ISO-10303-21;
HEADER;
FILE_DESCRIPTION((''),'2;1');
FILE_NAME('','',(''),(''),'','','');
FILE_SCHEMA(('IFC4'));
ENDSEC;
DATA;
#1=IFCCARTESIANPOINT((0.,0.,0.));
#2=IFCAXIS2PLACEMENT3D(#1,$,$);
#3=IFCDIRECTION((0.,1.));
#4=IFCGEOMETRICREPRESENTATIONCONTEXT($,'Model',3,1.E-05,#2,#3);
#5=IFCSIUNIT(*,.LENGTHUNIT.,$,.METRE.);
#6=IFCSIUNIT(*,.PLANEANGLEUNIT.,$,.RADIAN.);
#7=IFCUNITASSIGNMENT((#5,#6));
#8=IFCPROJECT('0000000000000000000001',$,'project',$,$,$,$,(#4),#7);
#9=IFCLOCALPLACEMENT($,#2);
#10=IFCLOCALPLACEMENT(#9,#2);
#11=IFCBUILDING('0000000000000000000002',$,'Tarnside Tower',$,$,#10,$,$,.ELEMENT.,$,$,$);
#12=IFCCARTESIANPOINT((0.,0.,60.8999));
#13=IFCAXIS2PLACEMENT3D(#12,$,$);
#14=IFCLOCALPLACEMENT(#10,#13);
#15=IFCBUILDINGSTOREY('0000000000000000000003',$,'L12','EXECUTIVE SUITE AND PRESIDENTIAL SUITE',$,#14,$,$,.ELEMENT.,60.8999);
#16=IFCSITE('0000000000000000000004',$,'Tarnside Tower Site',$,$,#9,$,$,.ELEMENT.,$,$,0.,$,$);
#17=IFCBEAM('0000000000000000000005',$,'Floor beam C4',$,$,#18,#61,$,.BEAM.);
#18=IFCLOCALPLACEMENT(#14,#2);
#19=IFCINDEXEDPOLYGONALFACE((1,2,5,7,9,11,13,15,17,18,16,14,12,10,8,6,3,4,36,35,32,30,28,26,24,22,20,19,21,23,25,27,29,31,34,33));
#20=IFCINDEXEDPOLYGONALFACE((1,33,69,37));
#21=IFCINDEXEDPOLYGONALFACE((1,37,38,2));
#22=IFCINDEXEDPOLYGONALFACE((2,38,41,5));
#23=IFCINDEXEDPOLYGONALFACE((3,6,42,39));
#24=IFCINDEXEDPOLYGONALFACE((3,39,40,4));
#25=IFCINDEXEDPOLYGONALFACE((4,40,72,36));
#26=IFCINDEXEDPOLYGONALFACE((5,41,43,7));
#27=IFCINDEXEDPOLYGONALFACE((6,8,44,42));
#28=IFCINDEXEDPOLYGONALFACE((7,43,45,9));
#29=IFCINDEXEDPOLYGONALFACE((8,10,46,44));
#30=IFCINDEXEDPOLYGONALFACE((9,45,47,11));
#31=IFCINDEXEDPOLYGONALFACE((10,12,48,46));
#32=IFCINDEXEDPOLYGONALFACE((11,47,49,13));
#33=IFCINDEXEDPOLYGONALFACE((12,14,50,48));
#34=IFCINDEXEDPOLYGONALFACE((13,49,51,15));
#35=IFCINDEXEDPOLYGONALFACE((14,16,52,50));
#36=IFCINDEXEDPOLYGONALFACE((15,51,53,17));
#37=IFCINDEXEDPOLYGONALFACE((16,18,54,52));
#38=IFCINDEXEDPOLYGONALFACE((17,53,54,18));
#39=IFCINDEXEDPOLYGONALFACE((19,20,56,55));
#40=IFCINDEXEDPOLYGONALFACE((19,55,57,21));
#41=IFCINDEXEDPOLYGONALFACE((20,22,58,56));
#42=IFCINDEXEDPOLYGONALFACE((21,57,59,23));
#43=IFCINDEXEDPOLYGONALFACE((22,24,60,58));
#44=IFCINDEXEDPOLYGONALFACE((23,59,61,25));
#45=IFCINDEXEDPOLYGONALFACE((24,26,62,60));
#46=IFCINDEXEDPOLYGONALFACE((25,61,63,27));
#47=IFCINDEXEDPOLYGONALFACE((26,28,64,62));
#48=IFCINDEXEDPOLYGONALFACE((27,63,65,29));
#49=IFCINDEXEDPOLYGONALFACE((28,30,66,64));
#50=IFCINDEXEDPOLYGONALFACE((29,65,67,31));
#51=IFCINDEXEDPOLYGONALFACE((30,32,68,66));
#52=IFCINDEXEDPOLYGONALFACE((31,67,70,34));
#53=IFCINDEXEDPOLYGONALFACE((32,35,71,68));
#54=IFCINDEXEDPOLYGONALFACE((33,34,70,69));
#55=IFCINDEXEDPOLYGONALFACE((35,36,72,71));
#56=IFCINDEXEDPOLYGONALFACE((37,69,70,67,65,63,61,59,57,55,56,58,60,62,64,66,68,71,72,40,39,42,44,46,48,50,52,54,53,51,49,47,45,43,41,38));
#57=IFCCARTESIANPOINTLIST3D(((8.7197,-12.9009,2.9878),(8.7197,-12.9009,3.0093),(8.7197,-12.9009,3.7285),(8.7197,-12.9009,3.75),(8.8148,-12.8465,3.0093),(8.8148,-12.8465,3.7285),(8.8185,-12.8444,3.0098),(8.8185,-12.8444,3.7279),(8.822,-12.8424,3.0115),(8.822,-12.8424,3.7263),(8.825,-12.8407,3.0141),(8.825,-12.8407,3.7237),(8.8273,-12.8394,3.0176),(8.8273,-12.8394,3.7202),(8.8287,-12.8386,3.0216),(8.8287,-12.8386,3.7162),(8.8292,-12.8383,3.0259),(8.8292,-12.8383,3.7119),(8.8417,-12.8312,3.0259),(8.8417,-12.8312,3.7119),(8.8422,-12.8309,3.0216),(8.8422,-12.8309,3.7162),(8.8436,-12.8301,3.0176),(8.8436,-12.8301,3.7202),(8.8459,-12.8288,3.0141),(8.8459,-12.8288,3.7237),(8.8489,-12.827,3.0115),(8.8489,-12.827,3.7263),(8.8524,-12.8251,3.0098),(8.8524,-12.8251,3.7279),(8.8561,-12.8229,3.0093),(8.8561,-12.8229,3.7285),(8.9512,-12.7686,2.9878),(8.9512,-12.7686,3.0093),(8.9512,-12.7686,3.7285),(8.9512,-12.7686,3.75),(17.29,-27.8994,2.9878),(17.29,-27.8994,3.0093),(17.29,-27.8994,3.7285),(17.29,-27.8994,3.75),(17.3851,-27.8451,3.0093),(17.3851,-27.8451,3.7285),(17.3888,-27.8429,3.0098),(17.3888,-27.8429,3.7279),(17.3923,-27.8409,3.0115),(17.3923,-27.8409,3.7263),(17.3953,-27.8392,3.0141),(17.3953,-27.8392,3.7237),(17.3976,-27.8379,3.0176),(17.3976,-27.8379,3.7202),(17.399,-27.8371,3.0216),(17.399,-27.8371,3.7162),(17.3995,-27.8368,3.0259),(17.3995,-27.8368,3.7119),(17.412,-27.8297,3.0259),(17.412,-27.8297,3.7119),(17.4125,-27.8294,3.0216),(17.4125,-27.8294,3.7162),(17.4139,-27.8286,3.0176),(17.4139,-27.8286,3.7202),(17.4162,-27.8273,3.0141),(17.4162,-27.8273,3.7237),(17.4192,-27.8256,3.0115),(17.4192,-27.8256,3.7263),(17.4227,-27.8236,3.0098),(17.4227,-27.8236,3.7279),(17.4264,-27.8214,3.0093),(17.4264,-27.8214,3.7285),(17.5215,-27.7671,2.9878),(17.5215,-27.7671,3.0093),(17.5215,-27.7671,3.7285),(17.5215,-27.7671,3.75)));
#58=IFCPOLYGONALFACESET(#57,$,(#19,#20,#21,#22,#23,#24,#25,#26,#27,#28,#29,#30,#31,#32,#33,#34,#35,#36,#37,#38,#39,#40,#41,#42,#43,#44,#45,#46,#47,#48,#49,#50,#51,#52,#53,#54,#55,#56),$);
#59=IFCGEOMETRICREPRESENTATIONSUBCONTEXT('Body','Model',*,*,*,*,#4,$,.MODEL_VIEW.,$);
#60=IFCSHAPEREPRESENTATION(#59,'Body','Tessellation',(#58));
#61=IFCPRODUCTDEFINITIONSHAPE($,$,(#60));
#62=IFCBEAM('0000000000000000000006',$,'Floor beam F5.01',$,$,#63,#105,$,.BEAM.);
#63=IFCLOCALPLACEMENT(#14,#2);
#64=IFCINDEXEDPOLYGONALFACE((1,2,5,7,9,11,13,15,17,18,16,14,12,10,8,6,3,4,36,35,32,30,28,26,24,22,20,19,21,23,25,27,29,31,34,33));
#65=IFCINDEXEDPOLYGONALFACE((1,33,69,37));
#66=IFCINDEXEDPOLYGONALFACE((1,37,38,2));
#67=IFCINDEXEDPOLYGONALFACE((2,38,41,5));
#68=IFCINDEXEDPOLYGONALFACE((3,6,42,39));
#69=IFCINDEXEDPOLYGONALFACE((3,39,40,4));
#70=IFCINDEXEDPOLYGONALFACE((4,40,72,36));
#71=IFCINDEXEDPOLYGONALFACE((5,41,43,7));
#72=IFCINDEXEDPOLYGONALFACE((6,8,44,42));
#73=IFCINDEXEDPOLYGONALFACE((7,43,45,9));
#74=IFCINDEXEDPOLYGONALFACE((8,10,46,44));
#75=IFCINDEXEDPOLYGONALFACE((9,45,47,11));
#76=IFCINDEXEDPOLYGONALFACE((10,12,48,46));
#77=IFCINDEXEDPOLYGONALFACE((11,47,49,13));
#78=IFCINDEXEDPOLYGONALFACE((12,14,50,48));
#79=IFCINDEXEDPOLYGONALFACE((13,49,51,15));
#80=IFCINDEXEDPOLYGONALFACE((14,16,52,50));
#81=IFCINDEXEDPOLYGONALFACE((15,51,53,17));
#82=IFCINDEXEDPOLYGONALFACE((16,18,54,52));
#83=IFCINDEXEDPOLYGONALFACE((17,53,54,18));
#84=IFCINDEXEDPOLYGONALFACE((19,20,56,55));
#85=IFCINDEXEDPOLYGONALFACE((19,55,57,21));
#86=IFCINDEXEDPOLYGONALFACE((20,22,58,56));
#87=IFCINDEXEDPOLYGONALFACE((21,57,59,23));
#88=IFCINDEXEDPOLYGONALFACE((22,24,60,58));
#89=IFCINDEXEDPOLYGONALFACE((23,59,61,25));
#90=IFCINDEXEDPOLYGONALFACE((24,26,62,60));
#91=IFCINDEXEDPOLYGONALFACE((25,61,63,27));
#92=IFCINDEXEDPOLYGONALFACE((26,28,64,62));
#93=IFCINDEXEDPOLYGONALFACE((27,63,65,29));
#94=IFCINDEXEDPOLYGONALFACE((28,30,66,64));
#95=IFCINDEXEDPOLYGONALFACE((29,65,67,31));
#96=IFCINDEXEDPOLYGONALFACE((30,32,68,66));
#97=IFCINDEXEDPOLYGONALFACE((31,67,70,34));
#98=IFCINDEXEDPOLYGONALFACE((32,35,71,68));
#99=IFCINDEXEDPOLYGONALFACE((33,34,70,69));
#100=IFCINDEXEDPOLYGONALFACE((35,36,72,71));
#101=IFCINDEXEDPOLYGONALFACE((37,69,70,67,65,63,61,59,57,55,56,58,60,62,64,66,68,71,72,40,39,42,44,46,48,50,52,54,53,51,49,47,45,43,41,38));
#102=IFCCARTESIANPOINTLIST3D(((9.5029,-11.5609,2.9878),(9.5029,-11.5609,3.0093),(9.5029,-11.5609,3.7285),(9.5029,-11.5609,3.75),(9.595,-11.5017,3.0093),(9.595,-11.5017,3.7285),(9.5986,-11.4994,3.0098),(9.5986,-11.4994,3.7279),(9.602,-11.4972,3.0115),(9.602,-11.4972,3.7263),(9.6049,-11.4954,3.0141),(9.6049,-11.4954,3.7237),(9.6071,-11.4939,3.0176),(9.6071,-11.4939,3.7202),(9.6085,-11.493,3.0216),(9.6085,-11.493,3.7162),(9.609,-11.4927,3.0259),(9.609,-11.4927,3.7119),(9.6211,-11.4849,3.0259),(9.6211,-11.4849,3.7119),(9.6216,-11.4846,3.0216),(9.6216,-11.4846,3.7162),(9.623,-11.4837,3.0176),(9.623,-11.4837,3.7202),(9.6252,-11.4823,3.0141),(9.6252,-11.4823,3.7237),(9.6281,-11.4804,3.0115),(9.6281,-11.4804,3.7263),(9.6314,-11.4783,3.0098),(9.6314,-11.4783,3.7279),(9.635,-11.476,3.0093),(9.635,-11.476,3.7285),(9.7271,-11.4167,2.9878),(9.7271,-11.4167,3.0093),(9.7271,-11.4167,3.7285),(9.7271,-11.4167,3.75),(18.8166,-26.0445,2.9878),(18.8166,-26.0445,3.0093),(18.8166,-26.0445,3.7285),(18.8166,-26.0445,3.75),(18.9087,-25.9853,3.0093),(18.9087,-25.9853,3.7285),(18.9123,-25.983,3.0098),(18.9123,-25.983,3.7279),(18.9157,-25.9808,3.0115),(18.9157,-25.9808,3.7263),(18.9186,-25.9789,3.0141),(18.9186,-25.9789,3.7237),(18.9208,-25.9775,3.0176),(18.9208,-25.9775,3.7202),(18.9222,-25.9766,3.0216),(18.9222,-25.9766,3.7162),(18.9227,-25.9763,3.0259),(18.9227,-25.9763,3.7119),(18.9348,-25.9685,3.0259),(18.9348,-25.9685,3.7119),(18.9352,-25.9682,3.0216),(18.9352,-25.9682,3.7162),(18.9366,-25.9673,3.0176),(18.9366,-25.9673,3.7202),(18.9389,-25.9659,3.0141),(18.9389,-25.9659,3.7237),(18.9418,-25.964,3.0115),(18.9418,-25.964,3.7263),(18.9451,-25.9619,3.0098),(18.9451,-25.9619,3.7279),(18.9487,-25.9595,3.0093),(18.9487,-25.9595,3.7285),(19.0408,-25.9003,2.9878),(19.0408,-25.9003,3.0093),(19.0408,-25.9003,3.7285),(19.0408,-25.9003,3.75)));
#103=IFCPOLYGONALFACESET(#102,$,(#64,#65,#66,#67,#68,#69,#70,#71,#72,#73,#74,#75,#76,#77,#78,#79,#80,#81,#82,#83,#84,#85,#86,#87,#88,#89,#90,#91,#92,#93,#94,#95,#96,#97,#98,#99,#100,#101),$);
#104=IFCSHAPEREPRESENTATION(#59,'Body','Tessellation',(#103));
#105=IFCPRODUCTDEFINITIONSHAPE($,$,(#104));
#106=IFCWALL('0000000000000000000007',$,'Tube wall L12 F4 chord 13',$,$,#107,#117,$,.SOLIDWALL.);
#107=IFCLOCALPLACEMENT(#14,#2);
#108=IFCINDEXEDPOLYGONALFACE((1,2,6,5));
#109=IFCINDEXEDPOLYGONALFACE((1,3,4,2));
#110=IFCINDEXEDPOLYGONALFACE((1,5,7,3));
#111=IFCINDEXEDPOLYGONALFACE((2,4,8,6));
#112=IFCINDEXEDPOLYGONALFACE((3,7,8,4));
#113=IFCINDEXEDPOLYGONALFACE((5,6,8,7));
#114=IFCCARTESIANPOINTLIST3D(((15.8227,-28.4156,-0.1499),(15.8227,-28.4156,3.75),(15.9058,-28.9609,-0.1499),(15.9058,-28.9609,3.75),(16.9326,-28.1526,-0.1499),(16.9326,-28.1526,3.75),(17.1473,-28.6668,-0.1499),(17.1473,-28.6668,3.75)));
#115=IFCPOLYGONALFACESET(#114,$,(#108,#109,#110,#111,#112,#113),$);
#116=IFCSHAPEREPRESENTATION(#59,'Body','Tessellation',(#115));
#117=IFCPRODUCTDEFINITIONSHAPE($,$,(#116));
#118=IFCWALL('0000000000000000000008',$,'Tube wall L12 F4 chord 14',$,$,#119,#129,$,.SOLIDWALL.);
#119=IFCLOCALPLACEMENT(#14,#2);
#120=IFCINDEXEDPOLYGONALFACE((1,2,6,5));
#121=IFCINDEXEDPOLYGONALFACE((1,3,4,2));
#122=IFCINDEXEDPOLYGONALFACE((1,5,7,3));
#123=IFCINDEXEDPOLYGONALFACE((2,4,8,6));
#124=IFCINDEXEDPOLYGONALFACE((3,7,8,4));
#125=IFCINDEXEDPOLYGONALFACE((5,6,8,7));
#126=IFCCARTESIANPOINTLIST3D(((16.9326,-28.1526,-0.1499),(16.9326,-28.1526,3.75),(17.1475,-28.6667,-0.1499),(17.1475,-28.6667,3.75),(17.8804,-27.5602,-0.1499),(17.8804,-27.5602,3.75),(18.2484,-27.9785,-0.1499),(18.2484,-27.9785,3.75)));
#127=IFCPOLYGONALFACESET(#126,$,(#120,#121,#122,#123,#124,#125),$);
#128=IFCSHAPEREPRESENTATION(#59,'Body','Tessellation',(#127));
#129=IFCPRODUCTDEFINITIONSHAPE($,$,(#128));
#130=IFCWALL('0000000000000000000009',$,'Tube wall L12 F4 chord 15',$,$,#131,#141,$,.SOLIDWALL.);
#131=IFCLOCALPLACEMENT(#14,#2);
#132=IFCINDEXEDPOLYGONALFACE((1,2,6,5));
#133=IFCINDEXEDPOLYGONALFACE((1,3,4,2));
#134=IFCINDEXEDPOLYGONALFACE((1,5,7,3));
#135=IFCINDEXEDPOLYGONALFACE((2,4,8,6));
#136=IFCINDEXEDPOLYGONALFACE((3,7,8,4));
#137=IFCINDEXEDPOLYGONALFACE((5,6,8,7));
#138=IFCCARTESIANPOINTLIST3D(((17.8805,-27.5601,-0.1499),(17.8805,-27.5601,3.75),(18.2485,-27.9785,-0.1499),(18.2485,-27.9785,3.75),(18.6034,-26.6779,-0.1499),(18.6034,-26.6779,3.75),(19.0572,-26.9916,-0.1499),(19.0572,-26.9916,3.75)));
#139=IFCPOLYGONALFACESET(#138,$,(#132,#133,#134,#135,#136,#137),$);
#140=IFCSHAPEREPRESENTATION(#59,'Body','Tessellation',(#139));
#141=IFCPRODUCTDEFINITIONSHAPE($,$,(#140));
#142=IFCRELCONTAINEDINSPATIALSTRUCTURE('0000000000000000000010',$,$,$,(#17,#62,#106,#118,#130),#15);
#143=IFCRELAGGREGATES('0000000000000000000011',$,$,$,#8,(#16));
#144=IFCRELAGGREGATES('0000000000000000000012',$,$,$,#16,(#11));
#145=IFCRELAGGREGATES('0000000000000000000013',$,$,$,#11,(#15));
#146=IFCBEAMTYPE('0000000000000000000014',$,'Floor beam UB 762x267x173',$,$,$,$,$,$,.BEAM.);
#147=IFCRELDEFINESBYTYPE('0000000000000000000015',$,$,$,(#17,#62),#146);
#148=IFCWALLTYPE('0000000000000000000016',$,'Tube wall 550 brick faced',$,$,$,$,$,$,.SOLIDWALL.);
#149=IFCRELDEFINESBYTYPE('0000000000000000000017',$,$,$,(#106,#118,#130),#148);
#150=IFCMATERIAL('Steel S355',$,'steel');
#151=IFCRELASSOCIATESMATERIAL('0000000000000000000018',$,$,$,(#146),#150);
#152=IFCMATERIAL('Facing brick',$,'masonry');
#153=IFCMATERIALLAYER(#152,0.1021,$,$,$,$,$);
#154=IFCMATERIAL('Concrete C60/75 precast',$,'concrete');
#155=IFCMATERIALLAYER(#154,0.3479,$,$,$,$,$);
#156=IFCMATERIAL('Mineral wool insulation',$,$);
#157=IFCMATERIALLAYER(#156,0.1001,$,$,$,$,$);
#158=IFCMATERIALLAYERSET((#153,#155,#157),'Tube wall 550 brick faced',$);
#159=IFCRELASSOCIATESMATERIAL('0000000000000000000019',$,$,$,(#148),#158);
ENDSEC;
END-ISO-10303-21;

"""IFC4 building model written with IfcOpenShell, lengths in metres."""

from ifc_helpers import new_model, si_unit, direction, frame, origin, origin_2d, place, context, subcontext, project, spatial, polyline, i_section, outline, extrude, material, layer, layer_set, material_profile, profile_set, type_object, element, save


model = new_model("IFC4")

# Units and contexts
model_context = context("Model", 3, precision=1e-05, world=origin(), true_north=direction((0.0, 1.0)))
body_context = subcontext(model_context, "Body", "Model", "MODEL_VIEW")
ifc_project = project(units=[si_unit("LENGTHUNIT", "METRE"), si_unit("PLANEANGLEUNIT", "RADIAN")], contexts=[model_context])

# Site, building, storey
site_placement = place(None, origin())
site = spatial("IfcSite", under=ifc_project, at=site_placement, Name="Tarnside Tower Site", CompositionType="ELEMENT", RefElevation=0.0)
building_placement = place(site_placement, origin())
building = spatial("IfcBuilding", under=site, at=building_placement, Name="Tarnside Tower", CompositionType="ELEMENT")
storey_placement = place(building_placement, frame((0.0, 0.0, 60.8999)))
storey = spatial("IfcBuildingStorey", under=building, at=storey_placement, Name="L12", Description="EXECUTIVE SUITE AND PRESIDENTIAL SUITE", CompositionType="ELEMENT", Elevation=60.8999)

# Beams
ifc_material_1 = material(Name="Steel S355", Category="steel")
ifc_material_profile = material_profile(ifc_material_1, i_section(OverallWidth=0.2666, OverallDepth=0.7622, WebThickness=0.0144, FlangeThickness=0.0215, FilletRadius=0.0166, at=origin_2d()), Name="UB 762x267x173")
ifc_profile_set = profile_set([ifc_material_profile], Name="Steel S355")
beam_type = type_object("IfcBeamType", Name="Floor beam UB 762x267x173", PredefinedType="BEAM", material=ifc_profile_set)
beam_1_placement = place(storey_placement, frame((17.4058, -27.8333, 3.3689), z_axis=(-0.496127, 0.86825, 0.0), x_axis=(-0.86825, -0.496127, 0.0)))
element("IfcBeam", 1, at=beam_1_placement, inside=storey, type_object=beam_type, Name="Floor beam C4", PredefinedType="BEAM", context=body_context, shape_type="SweptSolid", body=[
    extrude(i_section(OverallWidth=0.2666, OverallDepth=0.7622, WebThickness=0.0144, FlangeThickness=0.0215, FilletRadius=0.0166, at=origin_2d()), origin(), (0.0, 0.0, 1.0), 17.2744),
])
beam_2_placement = place(storey_placement, frame((18.9287, -25.9724, 3.3689), z_axis=(-0.540873, 0.841104, 0.0), x_axis=(-0.841104, -0.540873, 0.0)))
element("IfcBeam", 2, at=beam_2_placement, inside=storey, type_object=beam_type, Name="Floor beam F5.01", PredefinedType="BEAM", context=body_context, shape_type="SweptSolid", body=[
    extrude(i_section(OverallWidth=0.2666, OverallDepth=0.7622, WebThickness=0.0144, FlangeThickness=0.0215, FilletRadius=0.0166, at=origin_2d()), origin(), (0.0, 0.0, 1.0), 17.2197),
])

# Walls
ifc_material_2 = material(Name="Facing brick", Category="masonry")
ifc_layer_1 = layer(ifc_material_2, 0.1021)
ifc_material_3 = material(Name="Concrete C60/75 precast", Category="concrete")
ifc_layer_2 = layer(ifc_material_3, 0.3479)
ifc_material_4 = material(Name="Mineral wool insulation")
ifc_layer_3 = layer(ifc_material_4, 0.1001)
ifc_layer_set_1 = layer_set([ifc_layer_1, ifc_layer_2, ifc_layer_3], Name="Tube wall 550 brick faced")
wall_type = type_object("IfcWallType", Name="Tube wall 550 brick faced", PredefinedType="SOLIDWALL", material=ifc_layer_set_1)
wall_1_placement = place(storey_placement, frame((15.8643, -28.6882, -0.1499), z_axis=(0.0, 0.0, 1.0), x_axis=(0.973064, 0.230537, 0.0)))
element("IfcWall", 3, at=wall_1_placement, inside=storey, type_object=wall_type, Name="Tube wall L12 F4 chord 13", PredefinedType="SOLIDWALL", context=body_context, shape_type="SweptSolid", body=[
    extrude(outline(polyline([(-0.0225, -0.2749), (1.2534, -0.2749), (1.1631, 0.2749), (0.0225, 0.2749), (-0.0225, -0.2749)])), origin(), (0.0, 0.0, 1.0), 3.8999),
])
wall_2_placement = place(storey_placement, frame((17.04, -28.4097, -0.1499), z_axis=(0.0, 0.0, 1.0), x_axis=(0.847953, 0.530072, 0.0)))
element("IfcWall", 4, at=wall_2_placement, inside=storey, type_object=wall_type, Name="Tube wall L12 F4 chord 14", PredefinedType="SOLIDWALL", context=body_context, shape_type="SweptSolid", body=[
    extrude(outline(polyline([(-0.0452, -0.2749), (1.2532, -0.2749), (1.1628, 0.2749), (0.0452, 0.2749), (-0.0452, -0.2749)])), origin(), (0.0, 0.0, 1.0), 3.8999),
])
wall_3_placement = place(storey_placement, frame((18.0645, -27.7693, -0.1499), z_axis=(0.0, 0.0, 1.0), x_axis=(0.633843, 0.773462, 0.0)))
element("IfcWall", 5, at=wall_3_placement, inside=storey, type_object=wall_type, Name="Tube wall L12 F4 chord 15", PredefinedType="SOLIDWALL", context=body_context, shape_type="SweptSolid", body=[
    extrude(outline(polyline([(-0.0452, -0.2749), (1.2307, -0.2749), (1.1858, 0.2749), (0.0452, 0.2749), (-0.0452, -0.2749)])), origin(), (0.0, 0.0, 1.0), 3.8999),
])

save(model, "model.ifc")
